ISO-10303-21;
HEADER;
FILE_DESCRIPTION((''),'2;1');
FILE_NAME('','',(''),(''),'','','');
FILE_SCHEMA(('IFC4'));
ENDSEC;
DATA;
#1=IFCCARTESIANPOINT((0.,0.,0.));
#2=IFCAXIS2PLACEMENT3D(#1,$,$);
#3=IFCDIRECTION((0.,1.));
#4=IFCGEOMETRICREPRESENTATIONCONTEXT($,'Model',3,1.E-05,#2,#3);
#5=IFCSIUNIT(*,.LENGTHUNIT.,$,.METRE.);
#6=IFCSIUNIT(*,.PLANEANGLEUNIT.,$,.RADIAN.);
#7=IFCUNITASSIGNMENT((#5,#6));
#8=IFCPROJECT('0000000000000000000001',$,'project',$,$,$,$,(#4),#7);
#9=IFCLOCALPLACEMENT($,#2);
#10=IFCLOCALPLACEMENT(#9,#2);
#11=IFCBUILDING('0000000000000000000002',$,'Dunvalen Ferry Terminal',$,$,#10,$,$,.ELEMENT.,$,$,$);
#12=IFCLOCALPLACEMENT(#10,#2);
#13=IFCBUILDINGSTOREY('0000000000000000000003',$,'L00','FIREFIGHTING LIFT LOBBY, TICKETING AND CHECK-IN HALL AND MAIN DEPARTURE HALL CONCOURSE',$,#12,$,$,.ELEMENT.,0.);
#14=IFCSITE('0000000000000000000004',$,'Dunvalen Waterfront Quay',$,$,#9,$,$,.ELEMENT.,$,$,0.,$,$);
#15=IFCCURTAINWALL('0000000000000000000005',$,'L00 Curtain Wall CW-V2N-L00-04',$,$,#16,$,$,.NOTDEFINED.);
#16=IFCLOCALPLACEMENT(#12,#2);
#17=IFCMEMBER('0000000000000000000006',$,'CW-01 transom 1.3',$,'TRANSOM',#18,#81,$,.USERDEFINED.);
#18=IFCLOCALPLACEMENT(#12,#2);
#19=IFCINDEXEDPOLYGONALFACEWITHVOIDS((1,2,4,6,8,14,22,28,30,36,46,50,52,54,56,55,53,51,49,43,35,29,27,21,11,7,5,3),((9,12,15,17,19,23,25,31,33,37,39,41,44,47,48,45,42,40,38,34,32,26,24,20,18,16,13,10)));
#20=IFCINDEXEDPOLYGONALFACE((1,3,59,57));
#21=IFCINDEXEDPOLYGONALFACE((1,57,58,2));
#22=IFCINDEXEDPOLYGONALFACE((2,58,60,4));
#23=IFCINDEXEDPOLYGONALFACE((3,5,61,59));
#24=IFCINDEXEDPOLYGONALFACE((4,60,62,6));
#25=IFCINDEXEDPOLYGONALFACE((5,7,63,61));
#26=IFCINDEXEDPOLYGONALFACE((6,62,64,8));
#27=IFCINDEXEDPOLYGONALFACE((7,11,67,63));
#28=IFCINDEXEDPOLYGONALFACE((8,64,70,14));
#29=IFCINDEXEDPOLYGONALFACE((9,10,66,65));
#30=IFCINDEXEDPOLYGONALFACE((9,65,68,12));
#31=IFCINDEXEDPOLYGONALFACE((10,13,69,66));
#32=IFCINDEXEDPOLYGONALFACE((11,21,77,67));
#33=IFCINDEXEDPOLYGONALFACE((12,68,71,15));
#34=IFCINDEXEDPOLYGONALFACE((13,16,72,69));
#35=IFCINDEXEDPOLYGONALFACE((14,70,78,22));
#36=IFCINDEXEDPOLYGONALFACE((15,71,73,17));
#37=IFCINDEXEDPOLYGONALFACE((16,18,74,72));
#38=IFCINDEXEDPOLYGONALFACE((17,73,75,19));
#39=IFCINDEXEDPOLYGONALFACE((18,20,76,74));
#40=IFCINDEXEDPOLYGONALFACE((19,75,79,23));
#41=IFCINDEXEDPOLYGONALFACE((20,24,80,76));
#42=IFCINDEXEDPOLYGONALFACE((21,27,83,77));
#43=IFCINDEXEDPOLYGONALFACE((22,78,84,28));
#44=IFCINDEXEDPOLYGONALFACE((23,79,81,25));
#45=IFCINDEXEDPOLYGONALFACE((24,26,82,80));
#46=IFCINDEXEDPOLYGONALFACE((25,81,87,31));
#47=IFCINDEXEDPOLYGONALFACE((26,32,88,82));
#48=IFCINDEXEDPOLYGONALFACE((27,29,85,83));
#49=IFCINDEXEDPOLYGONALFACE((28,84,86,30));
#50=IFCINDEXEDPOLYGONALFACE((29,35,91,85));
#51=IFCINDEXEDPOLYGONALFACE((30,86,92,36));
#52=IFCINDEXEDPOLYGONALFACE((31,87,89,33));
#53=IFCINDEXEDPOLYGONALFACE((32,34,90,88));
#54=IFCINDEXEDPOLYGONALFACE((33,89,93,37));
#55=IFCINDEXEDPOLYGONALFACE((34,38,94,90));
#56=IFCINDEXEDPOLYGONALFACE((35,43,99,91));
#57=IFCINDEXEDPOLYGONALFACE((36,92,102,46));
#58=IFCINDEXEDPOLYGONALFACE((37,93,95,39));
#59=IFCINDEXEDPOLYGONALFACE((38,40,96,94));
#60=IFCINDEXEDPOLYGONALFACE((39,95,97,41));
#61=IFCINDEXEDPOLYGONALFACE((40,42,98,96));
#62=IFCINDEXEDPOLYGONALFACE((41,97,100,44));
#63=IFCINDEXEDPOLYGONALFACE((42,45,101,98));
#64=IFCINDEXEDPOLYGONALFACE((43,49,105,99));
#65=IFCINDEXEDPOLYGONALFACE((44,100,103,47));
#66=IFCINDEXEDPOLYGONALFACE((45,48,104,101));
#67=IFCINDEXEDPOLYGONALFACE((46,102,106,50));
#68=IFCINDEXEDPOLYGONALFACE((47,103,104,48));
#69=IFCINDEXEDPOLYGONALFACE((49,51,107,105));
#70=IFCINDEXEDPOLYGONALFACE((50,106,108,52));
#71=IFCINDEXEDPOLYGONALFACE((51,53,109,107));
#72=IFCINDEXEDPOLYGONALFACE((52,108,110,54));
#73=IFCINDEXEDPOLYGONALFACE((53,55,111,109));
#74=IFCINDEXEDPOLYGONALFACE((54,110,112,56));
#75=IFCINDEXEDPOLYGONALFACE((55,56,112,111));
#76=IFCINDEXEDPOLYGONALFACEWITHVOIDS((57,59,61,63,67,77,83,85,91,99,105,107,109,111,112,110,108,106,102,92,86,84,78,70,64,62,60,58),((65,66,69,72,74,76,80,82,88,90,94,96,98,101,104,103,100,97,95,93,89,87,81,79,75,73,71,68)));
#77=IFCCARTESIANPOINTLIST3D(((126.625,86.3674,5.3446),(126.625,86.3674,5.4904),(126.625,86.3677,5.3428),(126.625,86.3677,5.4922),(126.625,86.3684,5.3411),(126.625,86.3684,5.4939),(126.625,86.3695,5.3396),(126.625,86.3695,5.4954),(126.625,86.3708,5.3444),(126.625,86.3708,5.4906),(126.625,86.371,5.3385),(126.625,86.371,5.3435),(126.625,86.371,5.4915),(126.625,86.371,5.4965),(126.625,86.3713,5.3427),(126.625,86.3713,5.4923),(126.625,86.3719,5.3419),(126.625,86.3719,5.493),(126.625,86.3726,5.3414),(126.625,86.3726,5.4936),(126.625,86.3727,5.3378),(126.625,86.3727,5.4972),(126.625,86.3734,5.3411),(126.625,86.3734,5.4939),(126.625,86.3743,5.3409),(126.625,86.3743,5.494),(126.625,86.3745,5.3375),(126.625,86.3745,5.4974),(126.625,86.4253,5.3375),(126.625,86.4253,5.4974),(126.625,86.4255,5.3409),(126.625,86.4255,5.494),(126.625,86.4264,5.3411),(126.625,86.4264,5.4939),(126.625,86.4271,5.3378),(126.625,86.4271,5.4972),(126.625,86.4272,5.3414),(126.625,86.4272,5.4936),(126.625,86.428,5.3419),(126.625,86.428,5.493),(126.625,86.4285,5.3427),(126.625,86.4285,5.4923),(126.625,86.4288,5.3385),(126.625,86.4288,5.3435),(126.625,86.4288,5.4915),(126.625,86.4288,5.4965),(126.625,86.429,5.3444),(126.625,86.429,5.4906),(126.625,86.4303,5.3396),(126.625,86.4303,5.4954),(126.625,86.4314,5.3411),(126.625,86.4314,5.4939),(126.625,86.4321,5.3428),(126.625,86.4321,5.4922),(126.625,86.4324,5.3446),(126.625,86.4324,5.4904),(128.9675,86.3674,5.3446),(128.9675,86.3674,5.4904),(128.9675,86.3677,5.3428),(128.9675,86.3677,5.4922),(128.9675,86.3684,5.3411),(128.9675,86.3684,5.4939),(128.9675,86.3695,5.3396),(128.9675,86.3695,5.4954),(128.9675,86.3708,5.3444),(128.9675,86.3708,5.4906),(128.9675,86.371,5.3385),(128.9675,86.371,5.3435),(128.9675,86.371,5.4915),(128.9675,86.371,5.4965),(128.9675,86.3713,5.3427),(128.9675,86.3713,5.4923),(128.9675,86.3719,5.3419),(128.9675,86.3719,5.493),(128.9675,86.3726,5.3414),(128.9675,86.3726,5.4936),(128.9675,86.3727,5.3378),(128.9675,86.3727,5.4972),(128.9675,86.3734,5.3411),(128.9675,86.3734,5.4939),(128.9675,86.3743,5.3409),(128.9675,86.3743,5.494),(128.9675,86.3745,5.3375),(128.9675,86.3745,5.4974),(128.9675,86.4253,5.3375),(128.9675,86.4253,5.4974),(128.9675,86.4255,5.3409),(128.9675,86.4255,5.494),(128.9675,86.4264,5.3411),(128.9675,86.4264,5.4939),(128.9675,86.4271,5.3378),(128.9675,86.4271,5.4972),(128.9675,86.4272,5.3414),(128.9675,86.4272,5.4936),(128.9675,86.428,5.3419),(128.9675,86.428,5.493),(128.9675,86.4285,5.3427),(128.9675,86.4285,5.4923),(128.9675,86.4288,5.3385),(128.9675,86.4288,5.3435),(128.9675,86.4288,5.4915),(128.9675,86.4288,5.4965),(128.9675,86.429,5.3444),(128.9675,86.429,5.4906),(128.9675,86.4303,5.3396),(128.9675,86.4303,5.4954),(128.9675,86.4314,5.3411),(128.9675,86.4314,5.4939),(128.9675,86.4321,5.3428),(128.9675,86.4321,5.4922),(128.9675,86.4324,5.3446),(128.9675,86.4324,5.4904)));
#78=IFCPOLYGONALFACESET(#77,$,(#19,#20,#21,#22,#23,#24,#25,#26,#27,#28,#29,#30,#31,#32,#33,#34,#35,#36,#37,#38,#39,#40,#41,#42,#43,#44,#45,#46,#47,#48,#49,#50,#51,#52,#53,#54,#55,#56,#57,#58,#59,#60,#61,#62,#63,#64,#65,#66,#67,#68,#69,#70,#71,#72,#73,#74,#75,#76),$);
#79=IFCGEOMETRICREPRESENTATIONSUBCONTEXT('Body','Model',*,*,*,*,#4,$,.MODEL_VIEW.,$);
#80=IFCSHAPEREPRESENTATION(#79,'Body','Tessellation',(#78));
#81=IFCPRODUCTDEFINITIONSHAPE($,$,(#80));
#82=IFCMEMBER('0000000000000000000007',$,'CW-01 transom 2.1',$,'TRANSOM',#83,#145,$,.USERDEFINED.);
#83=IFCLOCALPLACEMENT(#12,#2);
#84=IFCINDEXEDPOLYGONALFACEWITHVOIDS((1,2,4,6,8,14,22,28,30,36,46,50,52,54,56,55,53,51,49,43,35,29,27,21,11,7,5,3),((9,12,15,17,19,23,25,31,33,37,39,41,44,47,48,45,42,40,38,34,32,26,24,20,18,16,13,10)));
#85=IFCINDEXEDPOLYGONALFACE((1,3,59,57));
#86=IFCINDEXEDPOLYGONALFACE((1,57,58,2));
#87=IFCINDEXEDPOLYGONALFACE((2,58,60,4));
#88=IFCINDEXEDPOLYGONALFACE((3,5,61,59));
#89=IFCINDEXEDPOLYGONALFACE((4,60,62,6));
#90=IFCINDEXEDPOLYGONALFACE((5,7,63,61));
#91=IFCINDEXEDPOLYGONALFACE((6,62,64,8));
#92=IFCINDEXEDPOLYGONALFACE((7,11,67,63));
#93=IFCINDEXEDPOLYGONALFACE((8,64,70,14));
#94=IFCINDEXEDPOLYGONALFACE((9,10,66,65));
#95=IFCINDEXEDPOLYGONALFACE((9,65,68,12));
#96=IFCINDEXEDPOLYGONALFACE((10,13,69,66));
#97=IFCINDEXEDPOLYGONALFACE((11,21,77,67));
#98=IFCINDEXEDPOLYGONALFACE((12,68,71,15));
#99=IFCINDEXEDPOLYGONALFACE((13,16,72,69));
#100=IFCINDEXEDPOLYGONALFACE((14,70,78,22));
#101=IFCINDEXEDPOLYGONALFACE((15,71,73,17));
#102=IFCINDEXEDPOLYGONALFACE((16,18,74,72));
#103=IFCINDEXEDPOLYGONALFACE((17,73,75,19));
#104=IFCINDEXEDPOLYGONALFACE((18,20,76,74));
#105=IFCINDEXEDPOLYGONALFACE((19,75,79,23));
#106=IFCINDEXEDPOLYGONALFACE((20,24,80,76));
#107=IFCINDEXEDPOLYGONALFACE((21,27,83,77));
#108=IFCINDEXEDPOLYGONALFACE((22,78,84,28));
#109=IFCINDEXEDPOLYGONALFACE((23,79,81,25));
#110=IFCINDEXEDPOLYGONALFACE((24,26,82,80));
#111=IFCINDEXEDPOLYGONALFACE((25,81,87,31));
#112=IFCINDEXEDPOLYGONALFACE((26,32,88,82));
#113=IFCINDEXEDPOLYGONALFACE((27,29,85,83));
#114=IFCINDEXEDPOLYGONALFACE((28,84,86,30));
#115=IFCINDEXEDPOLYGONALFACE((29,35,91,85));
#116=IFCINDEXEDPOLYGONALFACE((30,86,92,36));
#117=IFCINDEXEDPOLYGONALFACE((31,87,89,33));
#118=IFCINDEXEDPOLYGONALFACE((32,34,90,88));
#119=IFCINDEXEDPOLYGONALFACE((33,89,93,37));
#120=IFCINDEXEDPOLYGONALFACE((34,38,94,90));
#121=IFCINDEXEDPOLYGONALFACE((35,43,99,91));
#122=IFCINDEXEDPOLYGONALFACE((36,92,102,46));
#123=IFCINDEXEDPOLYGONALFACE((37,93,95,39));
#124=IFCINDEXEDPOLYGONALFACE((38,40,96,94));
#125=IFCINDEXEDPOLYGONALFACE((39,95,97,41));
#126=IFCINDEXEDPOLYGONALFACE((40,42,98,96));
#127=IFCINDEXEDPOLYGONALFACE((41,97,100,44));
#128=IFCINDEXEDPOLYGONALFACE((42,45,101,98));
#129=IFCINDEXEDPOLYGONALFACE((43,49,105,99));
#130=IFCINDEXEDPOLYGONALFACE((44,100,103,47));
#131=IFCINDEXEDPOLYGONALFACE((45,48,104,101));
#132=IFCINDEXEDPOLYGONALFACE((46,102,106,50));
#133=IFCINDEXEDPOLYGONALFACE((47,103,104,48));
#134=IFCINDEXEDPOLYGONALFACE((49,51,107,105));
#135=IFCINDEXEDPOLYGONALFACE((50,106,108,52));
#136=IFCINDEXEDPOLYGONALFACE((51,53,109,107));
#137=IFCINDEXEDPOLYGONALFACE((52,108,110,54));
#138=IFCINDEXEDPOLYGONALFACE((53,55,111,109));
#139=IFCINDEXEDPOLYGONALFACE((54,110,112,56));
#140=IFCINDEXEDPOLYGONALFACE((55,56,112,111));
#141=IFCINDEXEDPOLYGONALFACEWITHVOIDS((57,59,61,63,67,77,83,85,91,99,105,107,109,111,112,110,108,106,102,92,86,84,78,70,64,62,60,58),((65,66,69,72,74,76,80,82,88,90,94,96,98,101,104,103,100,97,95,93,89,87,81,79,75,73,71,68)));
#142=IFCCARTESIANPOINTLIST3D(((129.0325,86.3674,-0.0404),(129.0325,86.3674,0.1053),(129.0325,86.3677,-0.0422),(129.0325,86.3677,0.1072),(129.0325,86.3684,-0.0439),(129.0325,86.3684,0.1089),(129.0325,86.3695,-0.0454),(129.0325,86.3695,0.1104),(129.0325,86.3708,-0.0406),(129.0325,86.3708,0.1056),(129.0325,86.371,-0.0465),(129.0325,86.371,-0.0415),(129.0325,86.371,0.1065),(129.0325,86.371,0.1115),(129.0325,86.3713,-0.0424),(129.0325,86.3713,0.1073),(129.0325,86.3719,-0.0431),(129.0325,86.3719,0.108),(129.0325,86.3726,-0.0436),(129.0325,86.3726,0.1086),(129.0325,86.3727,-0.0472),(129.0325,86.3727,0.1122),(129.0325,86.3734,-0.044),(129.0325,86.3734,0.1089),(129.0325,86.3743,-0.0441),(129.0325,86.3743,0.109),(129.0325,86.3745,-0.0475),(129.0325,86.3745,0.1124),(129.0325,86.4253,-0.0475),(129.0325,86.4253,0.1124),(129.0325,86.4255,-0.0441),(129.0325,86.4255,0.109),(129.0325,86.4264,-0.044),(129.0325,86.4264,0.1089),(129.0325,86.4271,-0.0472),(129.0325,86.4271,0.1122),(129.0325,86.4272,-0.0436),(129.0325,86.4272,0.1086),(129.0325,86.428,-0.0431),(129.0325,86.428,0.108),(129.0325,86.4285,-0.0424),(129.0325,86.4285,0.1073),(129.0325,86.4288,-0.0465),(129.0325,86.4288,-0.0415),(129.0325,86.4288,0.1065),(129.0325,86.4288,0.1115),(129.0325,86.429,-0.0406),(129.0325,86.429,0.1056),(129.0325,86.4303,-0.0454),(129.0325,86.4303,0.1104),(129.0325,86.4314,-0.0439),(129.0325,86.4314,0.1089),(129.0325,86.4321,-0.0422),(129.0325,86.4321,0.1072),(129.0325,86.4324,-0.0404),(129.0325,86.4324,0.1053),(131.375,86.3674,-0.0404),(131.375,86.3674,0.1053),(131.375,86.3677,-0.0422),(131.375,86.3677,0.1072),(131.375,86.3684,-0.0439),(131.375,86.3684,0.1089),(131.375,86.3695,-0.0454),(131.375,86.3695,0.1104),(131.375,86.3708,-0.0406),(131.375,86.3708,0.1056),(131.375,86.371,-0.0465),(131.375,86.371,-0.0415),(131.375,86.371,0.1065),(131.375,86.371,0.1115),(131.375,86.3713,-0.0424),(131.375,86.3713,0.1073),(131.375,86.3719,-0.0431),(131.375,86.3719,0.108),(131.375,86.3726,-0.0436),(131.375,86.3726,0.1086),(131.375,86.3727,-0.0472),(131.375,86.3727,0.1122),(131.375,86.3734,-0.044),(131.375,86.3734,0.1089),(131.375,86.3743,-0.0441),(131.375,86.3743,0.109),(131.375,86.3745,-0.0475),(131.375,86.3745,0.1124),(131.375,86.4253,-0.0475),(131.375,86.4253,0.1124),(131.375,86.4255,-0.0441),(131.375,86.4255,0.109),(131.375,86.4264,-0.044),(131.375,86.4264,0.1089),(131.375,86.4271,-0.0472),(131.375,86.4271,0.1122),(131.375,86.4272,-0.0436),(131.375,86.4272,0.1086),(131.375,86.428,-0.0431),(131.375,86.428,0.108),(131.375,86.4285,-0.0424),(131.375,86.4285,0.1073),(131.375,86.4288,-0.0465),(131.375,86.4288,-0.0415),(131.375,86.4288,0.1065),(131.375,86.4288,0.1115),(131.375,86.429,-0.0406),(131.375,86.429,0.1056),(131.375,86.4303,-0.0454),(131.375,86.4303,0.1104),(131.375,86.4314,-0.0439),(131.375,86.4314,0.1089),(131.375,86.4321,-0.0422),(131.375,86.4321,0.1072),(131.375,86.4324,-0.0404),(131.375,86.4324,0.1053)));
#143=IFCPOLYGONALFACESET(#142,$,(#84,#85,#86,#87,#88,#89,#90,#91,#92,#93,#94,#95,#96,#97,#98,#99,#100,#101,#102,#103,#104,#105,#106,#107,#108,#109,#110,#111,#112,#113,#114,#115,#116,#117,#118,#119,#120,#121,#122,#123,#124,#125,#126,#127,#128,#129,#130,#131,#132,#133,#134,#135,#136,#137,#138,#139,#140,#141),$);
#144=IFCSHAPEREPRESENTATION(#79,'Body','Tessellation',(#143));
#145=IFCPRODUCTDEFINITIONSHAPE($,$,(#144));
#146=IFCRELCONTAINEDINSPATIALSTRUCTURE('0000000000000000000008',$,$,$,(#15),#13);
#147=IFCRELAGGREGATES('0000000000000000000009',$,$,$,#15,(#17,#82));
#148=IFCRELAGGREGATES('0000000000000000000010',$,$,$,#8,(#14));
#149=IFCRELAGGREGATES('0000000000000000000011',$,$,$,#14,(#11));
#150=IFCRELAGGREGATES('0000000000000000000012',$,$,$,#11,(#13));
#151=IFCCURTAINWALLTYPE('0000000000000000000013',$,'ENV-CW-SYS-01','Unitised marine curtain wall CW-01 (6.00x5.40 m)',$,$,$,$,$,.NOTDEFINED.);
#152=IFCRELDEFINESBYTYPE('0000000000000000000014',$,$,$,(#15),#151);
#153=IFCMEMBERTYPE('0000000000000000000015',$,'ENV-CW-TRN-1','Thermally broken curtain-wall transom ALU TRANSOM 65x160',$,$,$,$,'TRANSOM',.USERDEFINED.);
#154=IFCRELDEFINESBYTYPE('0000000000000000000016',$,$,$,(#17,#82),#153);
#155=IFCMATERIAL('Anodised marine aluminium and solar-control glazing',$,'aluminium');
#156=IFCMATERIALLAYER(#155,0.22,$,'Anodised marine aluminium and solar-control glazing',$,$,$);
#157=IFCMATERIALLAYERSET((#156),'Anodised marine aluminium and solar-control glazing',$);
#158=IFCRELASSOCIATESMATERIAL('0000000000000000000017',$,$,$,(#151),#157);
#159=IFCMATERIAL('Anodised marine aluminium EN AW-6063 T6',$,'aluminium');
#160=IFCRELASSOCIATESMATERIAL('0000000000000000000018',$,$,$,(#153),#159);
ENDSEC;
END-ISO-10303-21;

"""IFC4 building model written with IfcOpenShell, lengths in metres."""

from ifc_helpers import new_model, si_unit, direction, frame, origin, origin_2d, place, context, subcontext, project, spatial, hollow_rectangle, extrude, material, layer, layer_set, material_profile, profile_set, type_object, element, aggregate, save


model = new_model("IFC4")

# Units and contexts
model_context = context("Model", 3, precision=1e-05, world=origin(), true_north=direction((0.0, 1.0)))
body_context = subcontext(model_context, "Body", "Model", "MODEL_VIEW")
ifc_project = project(units=[si_unit("LENGTHUNIT", "METRE"), si_unit("PLANEANGLEUNIT", "RADIAN")], contexts=[model_context])

# Site, building, storey
site_placement = place(None, origin())
site = spatial("IfcSite", under=ifc_project, at=site_placement, Name="Dunvalen Waterfront Quay", CompositionType="ELEMENT", RefElevation=0.0)
building_placement = place(site_placement, origin())
building = spatial("IfcBuilding", under=site, at=building_placement, Name="Dunvalen Ferry Terminal", CompositionType="ELEMENT")
storey_placement = place(building_placement, origin())
storey = spatial("IfcBuildingStorey", under=building, at=storey_placement, Name="L00", Description="FIREFIGHTING LIFT LOBBY, TICKETING AND CHECK-IN HALL AND MAIN DEPARTURE HALL CONCOURSE", CompositionType="ELEMENT", Elevation=0.0)

# Shared definitions
ifc_material_1 = material(Name="Anodised marine aluminium and solar-control glazing", Category="aluminium")
ifc_layer_1 = layer(ifc_material_1, 0.22, Name="Anodised marine aluminium and solar-control glazing")
ifc_layer_set_1 = layer_set([ifc_layer_1], Name="Anodised marine aluminium and solar-control glazing")
curtain_wall_type = type_object("IfcCurtainWallType", Name="ENV-CW-SYS-01", Description="Unitised marine curtain wall CW-01 (6.00x5.40 m)", PredefinedType="NOTDEFINED", material=ifc_layer_set_1)
ifc_material_2 = material(Name="Anodised marine aluminium EN AW-6063 T6", Category="aluminium")

# Curtain wall
curtain_wall_1_placement = place(storey_placement, origin())
curtain_wall_1 = element("IfcCurtainWall", 1, at=curtain_wall_1_placement, inside=storey, type_object=curtain_wall_type, Name="L00 Curtain Wall CW-V2N-L00-04", PredefinedType="NOTDEFINED")

# Members
ifc_material_profile_1 = material_profile(ifc_material_2, hollow_rectangle(XDim=0.0649, YDim=0.1599, WallThickness=0.0034, InnerFilletRadius=0.0034, OuterFilletRadius=0.0071, at=origin_2d()), Name="Anodised marine aluminium EN AW-6063 T6")
ifc_profile_set_1 = profile_set([ifc_material_profile_1], Name="Anodised marine aluminium EN AW-6063 T6")
member_type_1 = type_object("IfcMemberType", Name="ENV-CW-TRN-1", Description="Thermally broken curtain-wall transom ALU TRANSOM 65x160", ElementType="TRANSOM", PredefinedType="USERDEFINED", material=ifc_profile_set_1)
member_1_placement = place(storey_placement, frame((126.625, 86.3999, 5.4175), z_axis=(1.0, 0.0, 0.0), x_axis=(0.0, 1.0, 0.0)))
member_1 = element("IfcMember", 2, at=member_1_placement, type_object=member_type_1, Name="CW-01 transom 1.3", ObjectType="TRANSOM", PredefinedType="USERDEFINED", context=body_context, shape_type="SweptSolid", body=[
    extrude(hollow_rectangle(XDim=0.0649, YDim=0.1599, WallThickness=0.0034, InnerFilletRadius=0.0034, OuterFilletRadius=0.0071, at=origin_2d()), origin(), (0.0, 0.0, 1.0), 2.3425),
])
member_2_placement = place(storey_placement, frame((129.0325, 86.3999, 0.0325), z_axis=(1.0, 0.0, 0.0), x_axis=(0.0, 1.0, 0.0)))
member_2 = element("IfcMember", 3, at=member_2_placement, type_object=member_type_1, Name="CW-01 transom 2.1", ObjectType="TRANSOM", PredefinedType="USERDEFINED", context=body_context, shape_type="SweptSolid", body=[
    extrude(hollow_rectangle(XDim=0.0649, YDim=0.1599, WallThickness=0.0034, InnerFilletRadius=0.0034, OuterFilletRadius=0.0071, at=origin_2d()), origin(), (0.0, 0.0, 1.0), 2.3425),
])

aggregate(curtain_wall_1, [member_1, member_2])

save(model, "model.ifc")
